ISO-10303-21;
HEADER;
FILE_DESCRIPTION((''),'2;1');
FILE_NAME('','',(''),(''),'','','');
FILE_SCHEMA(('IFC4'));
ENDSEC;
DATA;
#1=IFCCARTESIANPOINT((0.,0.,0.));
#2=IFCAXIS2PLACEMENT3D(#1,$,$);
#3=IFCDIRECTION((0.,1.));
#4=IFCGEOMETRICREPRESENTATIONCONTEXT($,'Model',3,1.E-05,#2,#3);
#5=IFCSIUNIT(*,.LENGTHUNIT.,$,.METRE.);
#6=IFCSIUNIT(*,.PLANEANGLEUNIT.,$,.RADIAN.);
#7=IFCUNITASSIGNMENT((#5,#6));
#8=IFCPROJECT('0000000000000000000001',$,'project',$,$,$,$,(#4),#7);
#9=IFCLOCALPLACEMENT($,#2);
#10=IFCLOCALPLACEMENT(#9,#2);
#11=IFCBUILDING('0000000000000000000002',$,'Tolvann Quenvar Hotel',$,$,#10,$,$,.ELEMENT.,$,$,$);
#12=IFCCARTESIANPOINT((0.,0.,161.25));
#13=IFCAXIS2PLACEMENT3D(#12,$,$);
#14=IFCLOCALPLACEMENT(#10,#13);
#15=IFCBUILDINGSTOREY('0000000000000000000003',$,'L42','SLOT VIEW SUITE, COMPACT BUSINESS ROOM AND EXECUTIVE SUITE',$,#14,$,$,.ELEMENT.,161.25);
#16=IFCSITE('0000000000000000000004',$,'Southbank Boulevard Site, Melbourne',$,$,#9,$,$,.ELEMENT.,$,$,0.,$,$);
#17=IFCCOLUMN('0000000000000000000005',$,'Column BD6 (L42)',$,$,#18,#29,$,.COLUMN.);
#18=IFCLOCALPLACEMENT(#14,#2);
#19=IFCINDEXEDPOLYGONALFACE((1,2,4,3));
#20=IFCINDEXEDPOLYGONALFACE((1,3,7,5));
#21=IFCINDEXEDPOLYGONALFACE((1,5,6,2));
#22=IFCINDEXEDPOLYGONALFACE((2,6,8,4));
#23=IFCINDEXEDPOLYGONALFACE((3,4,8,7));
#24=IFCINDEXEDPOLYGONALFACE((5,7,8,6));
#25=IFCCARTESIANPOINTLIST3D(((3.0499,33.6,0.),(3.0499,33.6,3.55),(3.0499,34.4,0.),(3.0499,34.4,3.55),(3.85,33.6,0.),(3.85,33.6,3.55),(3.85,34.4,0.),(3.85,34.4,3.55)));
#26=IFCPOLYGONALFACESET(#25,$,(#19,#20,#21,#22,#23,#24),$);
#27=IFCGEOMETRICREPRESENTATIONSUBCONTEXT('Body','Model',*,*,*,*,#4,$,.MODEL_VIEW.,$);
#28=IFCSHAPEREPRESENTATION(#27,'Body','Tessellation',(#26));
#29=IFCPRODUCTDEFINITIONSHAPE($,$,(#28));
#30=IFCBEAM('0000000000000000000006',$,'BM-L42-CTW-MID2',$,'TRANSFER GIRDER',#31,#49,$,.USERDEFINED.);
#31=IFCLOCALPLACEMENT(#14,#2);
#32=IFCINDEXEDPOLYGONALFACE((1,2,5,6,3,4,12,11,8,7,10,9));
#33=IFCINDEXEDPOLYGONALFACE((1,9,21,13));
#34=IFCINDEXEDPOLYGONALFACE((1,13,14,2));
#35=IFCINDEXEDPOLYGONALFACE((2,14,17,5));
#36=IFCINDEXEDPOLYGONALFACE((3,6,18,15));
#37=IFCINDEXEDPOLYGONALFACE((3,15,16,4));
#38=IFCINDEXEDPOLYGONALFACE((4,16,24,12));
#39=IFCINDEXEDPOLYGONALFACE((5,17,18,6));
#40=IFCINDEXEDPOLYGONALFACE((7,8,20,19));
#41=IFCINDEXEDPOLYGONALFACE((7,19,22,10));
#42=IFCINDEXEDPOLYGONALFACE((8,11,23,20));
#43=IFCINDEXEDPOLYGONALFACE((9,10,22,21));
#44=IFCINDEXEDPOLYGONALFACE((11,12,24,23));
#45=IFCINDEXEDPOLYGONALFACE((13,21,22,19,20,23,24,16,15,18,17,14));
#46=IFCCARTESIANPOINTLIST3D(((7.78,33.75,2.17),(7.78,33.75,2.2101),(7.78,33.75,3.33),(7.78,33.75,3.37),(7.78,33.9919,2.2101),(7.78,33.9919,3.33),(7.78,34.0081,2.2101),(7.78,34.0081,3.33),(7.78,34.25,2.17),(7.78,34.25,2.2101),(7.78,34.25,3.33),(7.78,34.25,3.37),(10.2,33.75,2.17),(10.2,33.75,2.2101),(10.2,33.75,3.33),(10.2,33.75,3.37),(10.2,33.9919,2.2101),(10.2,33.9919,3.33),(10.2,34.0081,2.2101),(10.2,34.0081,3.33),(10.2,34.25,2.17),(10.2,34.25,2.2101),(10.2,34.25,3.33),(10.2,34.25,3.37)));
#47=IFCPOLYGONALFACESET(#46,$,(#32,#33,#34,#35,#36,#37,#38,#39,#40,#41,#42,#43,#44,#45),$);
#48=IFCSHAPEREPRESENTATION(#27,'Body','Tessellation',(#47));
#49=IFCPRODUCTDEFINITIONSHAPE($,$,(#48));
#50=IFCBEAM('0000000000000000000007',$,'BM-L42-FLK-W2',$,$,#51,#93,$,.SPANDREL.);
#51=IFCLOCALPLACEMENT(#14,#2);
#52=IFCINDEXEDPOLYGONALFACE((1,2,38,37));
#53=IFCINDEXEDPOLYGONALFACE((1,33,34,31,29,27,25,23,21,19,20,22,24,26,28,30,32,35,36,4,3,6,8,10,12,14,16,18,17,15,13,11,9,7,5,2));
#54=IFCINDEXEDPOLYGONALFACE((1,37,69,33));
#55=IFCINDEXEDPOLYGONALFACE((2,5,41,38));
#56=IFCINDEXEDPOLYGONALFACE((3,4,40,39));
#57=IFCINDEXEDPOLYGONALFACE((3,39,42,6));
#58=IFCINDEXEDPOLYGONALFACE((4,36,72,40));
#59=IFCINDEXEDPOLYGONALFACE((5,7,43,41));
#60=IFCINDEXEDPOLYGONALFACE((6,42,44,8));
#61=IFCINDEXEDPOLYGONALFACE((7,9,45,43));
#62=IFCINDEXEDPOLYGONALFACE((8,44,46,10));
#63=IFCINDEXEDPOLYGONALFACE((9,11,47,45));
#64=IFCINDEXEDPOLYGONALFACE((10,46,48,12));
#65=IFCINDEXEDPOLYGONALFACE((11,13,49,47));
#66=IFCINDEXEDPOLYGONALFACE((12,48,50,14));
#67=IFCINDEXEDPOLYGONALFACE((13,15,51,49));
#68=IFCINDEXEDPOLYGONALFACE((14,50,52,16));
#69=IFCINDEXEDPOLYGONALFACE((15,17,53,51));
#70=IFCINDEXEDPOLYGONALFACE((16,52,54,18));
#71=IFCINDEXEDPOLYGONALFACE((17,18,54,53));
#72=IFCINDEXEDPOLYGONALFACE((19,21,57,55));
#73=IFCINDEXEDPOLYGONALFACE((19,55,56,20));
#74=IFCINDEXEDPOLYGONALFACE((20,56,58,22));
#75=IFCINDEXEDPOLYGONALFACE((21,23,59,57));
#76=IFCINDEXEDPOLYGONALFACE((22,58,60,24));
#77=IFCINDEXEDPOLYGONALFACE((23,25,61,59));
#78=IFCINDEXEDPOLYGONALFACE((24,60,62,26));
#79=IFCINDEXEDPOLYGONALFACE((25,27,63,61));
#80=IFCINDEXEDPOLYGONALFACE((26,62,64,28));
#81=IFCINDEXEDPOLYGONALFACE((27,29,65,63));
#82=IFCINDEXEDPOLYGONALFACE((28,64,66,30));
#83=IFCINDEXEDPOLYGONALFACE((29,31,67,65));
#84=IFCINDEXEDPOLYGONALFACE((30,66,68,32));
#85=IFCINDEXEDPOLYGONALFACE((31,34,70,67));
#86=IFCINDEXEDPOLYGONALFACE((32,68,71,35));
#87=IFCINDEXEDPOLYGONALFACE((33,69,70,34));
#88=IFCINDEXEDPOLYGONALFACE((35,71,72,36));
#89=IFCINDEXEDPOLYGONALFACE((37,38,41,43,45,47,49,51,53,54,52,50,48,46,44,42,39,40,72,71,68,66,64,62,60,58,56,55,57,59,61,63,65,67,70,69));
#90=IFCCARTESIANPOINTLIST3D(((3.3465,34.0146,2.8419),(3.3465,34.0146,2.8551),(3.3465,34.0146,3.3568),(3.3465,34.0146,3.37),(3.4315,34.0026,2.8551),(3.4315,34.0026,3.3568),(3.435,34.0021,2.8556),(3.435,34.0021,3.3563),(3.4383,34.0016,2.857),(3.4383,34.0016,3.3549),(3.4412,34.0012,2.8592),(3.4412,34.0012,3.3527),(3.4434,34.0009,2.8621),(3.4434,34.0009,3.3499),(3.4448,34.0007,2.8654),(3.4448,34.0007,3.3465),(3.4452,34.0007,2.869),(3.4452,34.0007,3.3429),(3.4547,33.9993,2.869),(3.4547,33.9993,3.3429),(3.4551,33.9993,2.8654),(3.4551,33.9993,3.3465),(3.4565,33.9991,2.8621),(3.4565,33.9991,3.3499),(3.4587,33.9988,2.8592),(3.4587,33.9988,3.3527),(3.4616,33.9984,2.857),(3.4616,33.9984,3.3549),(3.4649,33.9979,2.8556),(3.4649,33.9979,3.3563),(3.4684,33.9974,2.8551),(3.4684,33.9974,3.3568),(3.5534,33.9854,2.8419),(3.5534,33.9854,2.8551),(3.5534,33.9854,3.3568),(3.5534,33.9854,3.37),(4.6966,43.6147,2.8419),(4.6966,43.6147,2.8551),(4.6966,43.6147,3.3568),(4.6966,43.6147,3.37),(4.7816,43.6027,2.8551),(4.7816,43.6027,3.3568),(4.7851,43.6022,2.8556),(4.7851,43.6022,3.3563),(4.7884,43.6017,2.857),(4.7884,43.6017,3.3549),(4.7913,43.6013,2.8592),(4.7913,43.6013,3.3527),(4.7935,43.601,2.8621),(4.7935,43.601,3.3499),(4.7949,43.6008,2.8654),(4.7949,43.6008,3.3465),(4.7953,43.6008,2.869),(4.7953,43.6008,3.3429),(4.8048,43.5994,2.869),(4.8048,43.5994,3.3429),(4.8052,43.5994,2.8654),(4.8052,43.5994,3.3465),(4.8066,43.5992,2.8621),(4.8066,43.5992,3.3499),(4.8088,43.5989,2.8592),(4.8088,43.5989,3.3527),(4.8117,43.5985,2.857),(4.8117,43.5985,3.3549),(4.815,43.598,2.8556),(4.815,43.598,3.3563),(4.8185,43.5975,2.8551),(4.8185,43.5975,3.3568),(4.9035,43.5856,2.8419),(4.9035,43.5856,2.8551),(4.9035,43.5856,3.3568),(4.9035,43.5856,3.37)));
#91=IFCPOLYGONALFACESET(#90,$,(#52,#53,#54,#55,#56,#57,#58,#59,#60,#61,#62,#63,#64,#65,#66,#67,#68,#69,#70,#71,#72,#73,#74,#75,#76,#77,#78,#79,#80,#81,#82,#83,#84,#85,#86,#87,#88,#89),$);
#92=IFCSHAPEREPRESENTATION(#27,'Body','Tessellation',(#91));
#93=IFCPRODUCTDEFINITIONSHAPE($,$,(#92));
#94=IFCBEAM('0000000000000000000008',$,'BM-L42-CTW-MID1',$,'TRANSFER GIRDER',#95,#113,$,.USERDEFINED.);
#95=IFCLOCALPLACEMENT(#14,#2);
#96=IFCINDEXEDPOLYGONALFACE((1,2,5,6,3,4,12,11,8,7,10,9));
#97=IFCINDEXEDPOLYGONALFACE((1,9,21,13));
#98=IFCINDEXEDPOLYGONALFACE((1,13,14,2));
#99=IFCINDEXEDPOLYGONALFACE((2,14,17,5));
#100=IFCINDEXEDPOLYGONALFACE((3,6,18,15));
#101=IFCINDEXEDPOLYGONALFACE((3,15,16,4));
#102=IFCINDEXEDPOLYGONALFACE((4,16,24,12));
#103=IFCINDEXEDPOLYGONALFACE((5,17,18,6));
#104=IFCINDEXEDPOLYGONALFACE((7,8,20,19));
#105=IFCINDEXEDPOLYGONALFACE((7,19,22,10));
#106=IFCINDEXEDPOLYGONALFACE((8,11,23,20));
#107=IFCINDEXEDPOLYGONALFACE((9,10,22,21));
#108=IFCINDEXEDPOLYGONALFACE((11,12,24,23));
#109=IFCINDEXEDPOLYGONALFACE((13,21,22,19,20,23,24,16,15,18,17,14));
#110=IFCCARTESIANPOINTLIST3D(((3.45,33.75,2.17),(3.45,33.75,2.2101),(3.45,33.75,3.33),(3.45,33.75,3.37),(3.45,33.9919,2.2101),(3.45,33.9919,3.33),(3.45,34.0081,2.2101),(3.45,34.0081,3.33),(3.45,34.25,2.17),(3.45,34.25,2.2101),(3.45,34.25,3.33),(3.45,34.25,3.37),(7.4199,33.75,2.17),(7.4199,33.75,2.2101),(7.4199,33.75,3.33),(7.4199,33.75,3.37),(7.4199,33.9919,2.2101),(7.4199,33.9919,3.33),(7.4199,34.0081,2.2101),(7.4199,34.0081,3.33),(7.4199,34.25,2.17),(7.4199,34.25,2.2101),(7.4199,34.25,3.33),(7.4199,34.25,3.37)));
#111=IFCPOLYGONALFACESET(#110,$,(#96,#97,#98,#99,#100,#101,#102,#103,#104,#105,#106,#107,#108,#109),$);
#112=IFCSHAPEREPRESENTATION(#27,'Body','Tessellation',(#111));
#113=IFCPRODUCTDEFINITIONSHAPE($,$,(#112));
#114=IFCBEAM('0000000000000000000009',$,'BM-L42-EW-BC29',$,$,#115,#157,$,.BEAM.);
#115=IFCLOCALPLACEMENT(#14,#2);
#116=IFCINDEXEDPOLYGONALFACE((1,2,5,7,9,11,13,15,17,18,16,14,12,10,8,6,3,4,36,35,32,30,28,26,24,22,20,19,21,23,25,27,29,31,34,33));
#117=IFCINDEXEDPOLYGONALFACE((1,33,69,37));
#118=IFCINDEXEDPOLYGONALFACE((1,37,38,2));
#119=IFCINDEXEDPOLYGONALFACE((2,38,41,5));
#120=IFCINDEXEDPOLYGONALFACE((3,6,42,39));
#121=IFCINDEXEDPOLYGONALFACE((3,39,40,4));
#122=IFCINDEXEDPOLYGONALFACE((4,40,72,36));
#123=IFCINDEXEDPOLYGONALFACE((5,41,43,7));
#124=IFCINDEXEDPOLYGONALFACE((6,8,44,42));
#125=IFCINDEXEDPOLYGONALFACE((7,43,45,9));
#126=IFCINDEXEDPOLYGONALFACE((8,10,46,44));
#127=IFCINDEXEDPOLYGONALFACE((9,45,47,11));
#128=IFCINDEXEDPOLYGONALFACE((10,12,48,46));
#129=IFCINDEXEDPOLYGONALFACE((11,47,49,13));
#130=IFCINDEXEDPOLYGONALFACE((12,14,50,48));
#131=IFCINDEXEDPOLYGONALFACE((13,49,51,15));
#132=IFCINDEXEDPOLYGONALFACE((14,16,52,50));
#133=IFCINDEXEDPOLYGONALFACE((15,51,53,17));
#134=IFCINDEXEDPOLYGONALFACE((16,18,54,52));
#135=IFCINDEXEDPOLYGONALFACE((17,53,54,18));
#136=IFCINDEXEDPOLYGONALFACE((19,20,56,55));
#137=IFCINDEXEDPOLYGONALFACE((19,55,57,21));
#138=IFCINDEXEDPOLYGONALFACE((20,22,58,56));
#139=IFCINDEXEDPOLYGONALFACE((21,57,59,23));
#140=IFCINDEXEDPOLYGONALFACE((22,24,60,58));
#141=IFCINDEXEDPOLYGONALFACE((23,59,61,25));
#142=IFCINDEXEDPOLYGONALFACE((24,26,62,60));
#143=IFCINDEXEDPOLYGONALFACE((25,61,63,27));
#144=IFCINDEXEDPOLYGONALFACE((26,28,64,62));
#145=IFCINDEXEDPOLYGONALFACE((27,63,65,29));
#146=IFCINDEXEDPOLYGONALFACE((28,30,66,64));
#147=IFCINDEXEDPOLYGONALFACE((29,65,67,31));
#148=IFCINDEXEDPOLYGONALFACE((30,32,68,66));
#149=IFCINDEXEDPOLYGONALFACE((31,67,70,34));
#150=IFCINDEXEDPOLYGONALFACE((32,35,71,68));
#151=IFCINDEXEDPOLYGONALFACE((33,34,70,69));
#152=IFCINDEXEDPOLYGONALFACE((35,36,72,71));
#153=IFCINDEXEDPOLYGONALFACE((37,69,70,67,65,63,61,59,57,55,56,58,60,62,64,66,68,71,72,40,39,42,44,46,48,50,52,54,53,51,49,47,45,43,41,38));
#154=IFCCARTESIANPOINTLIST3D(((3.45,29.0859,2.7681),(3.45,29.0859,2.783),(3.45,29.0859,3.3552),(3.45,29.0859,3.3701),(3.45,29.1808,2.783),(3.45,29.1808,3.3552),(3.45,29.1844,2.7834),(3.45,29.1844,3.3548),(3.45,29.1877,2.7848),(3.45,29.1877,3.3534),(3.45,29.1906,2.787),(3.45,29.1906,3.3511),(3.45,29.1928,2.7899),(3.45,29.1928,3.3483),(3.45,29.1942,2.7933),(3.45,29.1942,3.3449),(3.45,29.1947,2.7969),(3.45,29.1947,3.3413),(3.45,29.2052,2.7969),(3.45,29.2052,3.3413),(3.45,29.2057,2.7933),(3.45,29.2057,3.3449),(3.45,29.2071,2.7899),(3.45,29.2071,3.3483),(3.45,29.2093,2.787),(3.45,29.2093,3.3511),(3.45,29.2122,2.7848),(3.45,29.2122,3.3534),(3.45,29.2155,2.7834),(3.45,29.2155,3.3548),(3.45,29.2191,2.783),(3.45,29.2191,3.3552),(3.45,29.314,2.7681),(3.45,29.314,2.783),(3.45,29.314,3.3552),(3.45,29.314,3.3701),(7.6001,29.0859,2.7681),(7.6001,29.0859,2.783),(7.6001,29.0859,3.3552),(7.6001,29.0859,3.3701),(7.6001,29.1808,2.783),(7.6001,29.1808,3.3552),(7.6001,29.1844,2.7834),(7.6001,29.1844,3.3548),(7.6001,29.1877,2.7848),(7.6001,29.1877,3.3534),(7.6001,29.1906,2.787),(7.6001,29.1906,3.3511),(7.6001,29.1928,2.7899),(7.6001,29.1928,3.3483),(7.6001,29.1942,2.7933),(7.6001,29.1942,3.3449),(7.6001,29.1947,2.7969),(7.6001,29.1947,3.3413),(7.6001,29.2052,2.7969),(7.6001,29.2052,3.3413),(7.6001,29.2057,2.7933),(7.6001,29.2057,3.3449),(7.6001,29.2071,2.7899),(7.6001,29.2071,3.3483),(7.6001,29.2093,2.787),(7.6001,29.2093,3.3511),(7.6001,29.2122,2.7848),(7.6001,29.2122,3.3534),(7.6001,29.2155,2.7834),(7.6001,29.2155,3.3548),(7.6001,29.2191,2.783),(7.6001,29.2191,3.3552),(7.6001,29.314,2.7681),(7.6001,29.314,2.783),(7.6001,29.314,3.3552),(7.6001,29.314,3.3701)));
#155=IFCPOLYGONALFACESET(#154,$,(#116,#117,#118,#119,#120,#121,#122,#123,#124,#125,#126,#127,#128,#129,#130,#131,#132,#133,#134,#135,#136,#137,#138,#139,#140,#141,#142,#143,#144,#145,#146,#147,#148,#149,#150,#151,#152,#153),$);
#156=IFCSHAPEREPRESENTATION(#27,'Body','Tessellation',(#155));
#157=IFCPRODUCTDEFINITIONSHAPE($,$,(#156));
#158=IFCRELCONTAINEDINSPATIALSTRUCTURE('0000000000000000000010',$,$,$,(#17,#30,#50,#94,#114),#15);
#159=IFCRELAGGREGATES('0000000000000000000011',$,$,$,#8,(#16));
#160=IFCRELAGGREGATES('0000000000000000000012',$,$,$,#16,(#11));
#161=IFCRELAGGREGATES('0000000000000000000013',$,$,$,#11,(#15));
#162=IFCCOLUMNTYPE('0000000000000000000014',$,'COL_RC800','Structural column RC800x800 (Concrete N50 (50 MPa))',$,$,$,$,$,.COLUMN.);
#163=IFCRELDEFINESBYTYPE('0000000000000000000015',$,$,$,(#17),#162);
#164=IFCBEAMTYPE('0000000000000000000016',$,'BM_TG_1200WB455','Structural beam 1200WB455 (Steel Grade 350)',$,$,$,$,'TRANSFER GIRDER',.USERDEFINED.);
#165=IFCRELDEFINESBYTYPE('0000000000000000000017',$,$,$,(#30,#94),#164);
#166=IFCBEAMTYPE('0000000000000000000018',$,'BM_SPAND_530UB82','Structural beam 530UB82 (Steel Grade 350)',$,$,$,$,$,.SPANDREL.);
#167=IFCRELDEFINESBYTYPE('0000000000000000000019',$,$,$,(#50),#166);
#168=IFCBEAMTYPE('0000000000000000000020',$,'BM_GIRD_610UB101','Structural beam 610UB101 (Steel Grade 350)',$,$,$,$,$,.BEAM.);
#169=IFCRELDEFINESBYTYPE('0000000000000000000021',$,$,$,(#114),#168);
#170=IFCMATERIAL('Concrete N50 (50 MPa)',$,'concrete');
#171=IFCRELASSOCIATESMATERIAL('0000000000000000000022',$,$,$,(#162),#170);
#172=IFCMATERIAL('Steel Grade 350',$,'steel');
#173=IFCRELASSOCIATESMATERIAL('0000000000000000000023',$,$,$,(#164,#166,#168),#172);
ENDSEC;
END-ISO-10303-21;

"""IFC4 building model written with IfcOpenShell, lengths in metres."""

from ifc_helpers import new_model, si_unit, direction, frame, origin, origin_2d, place, context, subcontext, project, spatial, rectangle, i_section, extrude, source, transform, mapped, material, material_profile, profile_set, type_object, type_shapes, element, save


model = new_model("IFC4")

# Units and contexts
model_context = context("Model", 3, precision=1e-05, world=origin(), true_north=direction((0.0, 1.0)))
body_context = subcontext(model_context, "Body", "Model", "MODEL_VIEW")
ifc_project = project(units=[si_unit("LENGTHUNIT", "METRE"), si_unit("PLANEANGLEUNIT", "RADIAN")], contexts=[model_context])

# Site, building, storey
site_placement = place(None, origin())
site = spatial("IfcSite", under=ifc_project, at=site_placement, Name="Southbank Boulevard Site, Melbourne", CompositionType="ELEMENT", RefElevation=0.0)
building_placement = place(site_placement, origin())
building = spatial("IfcBuilding", under=site, at=building_placement, Name="Tolvann Quenvar Hotel", CompositionType="ELEMENT")
storey_placement = place(building_placement, frame((0.0, 0.0, 161.25)))
storey = spatial("IfcBuildingStorey", under=building, at=storey_placement, Name="L42", Description="SLOT VIEW SUITE, COMPACT BUSINESS ROOM AND EXECUTIVE SUITE", CompositionType="ELEMENT", Elevation=161.25)

# Column
ifc_material_1 = material(Name="Concrete N50 (50 MPa)", Category="concrete")
ifc_material_profile_1 = material_profile(ifc_material_1, rectangle(XDim=0.8, YDim=0.8, at=origin_2d()), Name="RC800x800")
ifc_profile_set_1 = profile_set([ifc_material_profile_1], Name="Concrete N50 (50 MPa)")
column_type = type_object("IfcColumnType", Name="COL_RC800", Description="Structural column RC800x800 (Concrete N50 (50 MPa))", PredefinedType="COLUMN", material=ifc_profile_set_1)
shared_shape_1 = source(origin(), body_context, "Body", "SweptSolid", [
    extrude(rectangle(XDim=0.8, YDim=0.8, at=origin_2d()), origin(), (0.0, 0.0, 1.0), 3.55),
])
type_shapes(column_type, [shared_shape_1])
column_placement = place(storey_placement, frame((3.45, 34.0, 0.0), z_axis=(0.0, 0.0, 1.0), x_axis=(1.0, 0.0, 0.0)))
element("IfcColumn", 1, at=column_placement, inside=storey, type_object=column_type, Name="Column BD6 (L42)", PredefinedType="COLUMN", context=body_context, shape_type="MappedRepresentation", body=[
    mapped(shared_shape_1, transform((0.0, 0.0, 0.0), x_axis=(1.0, 0.0, 0.0), y_axis=(0.0, 1.0, 0.0), z_axis=(0.0, 0.0, 1.0), scale=1.0)),
])

# Beams
ifc_material_2 = material(Name="Steel Grade 350", Category="steel")
ifc_material_profile_2 = material_profile(ifc_material_2, i_section(OverallWidth=0.5, OverallDepth=1.2, WebThickness=0.0161, FlangeThickness=0.04, at=origin_2d()), Name="1200WB455")
ifc_profile_set_2 = profile_set([ifc_material_profile_2], Name="Steel Grade 350")
beam_type_1 = type_object("IfcBeamType", Name="BM_TG_1200WB455", Description="Structural beam 1200WB455 (Steel Grade 350)", ElementType="TRANSFER GIRDER", PredefinedType="USERDEFINED", material=ifc_profile_set_2)
shared_shape_2 = source(origin(), body_context, "Body", "SweptSolid", [
    extrude(i_section(OverallWidth=0.5, OverallDepth=1.2, WebThickness=0.0161, FlangeThickness=0.04, at=origin_2d()), origin(), (0.0, 0.0, 1.0), 2.4199),
])
beam_1_placement = place(storey_placement, frame((7.78, 34.0, 2.77), z_axis=(1.0, 0.0, 0.0), x_axis=(0.0, 1.0, 0.0)))
element("IfcBeam", 2, at=beam_1_placement, inside=storey, type_object=beam_type_1, Name="BM-L42-CTW-MID2", ObjectType="TRANSFER GIRDER", PredefinedType="USERDEFINED", context=body_context, shape_type="MappedRepresentation", body=[
    mapped(shared_shape_2, transform((0.0, 0.0, 0.0), x_axis=(1.0, 0.0, 0.0), y_axis=(0.0, 1.0, 0.0), z_axis=(0.0, 0.0, 1.0), scale=1.0)),
])
ifc_material_profile_3 = material_profile(ifc_material_2, i_section(OverallWidth=0.209, OverallDepth=0.5281, WebThickness=0.0095, FlangeThickness=0.0132, FilletRadius=0.0139, at=origin_2d()), Name="530UB82")
ifc_profile_set_3 = profile_set([ifc_material_profile_3], Name="Steel Grade 350")
beam_type_2 = type_object("IfcBeamType", Name="BM_SPAND_530UB82", Description="Structural beam 530UB82 (Steel Grade 350)", PredefinedType="SPANDREL", material=ifc_profile_set_3)
shared_shape_3 = source(origin(), body_context, "Body", "SweptSolid", [
    extrude(i_section(OverallWidth=0.209, OverallDepth=0.5281, WebThickness=0.0095, FlangeThickness=0.0132, FilletRadius=0.0139, at=origin_2d()), origin(), (0.0, 0.0, 1.0), 9.6946),
])
type_shapes(beam_type_2, [shared_shape_3])
beam_2_placement = place(storey_placement, frame((3.45, 34.0, 3.106), z_axis=(0.139263, 0.990255, 0.0), x_axis=(-0.990255, 0.139263, 0.0)))
element("IfcBeam", 3, at=beam_2_placement, inside=storey, type_object=beam_type_2, Name="BM-L42-FLK-W2", PredefinedType="SPANDREL", context=body_context, shape_type="MappedRepresentation", body=[
    mapped(shared_shape_3, transform((0.0, 0.0, 0.0), x_axis=(1.0, 0.0, 0.0), y_axis=(0.0, 1.0, 0.0), z_axis=(0.0, 0.0, 1.0), scale=1.0)),
])
shared_shape_4 = source(origin(), body_context, "Body", "SweptSolid", [
    extrude(i_section(OverallWidth=0.5, OverallDepth=1.2, WebThickness=0.0161, FlangeThickness=0.04, at=origin_2d()), origin(), (0.0, 0.0, 1.0), 3.97),
])
type_shapes(beam_type_1, [shared_shape_2, shared_shape_4])
beam_3_placement = place(storey_placement, frame((3.45, 34.0, 2.77), z_axis=(1.0, 0.0, 0.0), x_axis=(0.0, 1.0, 0.0)))
element("IfcBeam", 4, at=beam_3_placement, inside=storey, type_object=beam_type_1, Name="BM-L42-CTW-MID1", ObjectType="TRANSFER GIRDER", PredefinedType="USERDEFINED", context=body_context, shape_type="MappedRepresentation", body=[
    mapped(shared_shape_4, transform((0.0, 0.0, 0.0), x_axis=(1.0, 0.0, 0.0), y_axis=(0.0, 1.0, 0.0), z_axis=(0.0, 0.0, 1.0), scale=1.0)),
])
ifc_material_profile_4 = material_profile(ifc_material_2, i_section(OverallWidth=0.228, OverallDepth=0.6021, WebThickness=0.0105, FlangeThickness=0.0149, FilletRadius=0.0139, at=origin_2d()), Name="610UB101")
ifc_profile_set_4 = profile_set([ifc_material_profile_4], Name="Steel Grade 350")
beam_type_3 = type_object("IfcBeamType", Name="BM_GIRD_610UB101", Description="Structural beam 610UB101 (Steel Grade 350)", PredefinedType="BEAM", material=ifc_profile_set_4)
shared_shape_5 = source(origin(), body_context, "Body", "SweptSolid", [
    extrude(i_section(OverallWidth=0.228, OverallDepth=0.6021, WebThickness=0.0105, FlangeThickness=0.0149, FilletRadius=0.0139, at=origin_2d()), origin(), (0.0, 0.0, 1.0), 4.1501),
])
type_shapes(beam_type_3, [shared_shape_5])
beam_4_placement = place(storey_placement, frame((3.45, 29.2, 3.0691), z_axis=(1.0, 0.0, 0.0), x_axis=(0.0, 1.0, 0.0)))
element("IfcBeam", 5, at=beam_4_placement, inside=storey, type_object=beam_type_3, Name="BM-L42-EW-BC29", PredefinedType="BEAM", context=body_context, shape_type="MappedRepresentation", body=[
    mapped(shared_shape_5, transform((0.0, 0.0, 0.0), x_axis=(1.0, 0.0, 0.0), y_axis=(0.0, 1.0, 0.0), z_axis=(0.0, 0.0, 1.0), scale=1.0)),
])

save(model, "model.ifc")
